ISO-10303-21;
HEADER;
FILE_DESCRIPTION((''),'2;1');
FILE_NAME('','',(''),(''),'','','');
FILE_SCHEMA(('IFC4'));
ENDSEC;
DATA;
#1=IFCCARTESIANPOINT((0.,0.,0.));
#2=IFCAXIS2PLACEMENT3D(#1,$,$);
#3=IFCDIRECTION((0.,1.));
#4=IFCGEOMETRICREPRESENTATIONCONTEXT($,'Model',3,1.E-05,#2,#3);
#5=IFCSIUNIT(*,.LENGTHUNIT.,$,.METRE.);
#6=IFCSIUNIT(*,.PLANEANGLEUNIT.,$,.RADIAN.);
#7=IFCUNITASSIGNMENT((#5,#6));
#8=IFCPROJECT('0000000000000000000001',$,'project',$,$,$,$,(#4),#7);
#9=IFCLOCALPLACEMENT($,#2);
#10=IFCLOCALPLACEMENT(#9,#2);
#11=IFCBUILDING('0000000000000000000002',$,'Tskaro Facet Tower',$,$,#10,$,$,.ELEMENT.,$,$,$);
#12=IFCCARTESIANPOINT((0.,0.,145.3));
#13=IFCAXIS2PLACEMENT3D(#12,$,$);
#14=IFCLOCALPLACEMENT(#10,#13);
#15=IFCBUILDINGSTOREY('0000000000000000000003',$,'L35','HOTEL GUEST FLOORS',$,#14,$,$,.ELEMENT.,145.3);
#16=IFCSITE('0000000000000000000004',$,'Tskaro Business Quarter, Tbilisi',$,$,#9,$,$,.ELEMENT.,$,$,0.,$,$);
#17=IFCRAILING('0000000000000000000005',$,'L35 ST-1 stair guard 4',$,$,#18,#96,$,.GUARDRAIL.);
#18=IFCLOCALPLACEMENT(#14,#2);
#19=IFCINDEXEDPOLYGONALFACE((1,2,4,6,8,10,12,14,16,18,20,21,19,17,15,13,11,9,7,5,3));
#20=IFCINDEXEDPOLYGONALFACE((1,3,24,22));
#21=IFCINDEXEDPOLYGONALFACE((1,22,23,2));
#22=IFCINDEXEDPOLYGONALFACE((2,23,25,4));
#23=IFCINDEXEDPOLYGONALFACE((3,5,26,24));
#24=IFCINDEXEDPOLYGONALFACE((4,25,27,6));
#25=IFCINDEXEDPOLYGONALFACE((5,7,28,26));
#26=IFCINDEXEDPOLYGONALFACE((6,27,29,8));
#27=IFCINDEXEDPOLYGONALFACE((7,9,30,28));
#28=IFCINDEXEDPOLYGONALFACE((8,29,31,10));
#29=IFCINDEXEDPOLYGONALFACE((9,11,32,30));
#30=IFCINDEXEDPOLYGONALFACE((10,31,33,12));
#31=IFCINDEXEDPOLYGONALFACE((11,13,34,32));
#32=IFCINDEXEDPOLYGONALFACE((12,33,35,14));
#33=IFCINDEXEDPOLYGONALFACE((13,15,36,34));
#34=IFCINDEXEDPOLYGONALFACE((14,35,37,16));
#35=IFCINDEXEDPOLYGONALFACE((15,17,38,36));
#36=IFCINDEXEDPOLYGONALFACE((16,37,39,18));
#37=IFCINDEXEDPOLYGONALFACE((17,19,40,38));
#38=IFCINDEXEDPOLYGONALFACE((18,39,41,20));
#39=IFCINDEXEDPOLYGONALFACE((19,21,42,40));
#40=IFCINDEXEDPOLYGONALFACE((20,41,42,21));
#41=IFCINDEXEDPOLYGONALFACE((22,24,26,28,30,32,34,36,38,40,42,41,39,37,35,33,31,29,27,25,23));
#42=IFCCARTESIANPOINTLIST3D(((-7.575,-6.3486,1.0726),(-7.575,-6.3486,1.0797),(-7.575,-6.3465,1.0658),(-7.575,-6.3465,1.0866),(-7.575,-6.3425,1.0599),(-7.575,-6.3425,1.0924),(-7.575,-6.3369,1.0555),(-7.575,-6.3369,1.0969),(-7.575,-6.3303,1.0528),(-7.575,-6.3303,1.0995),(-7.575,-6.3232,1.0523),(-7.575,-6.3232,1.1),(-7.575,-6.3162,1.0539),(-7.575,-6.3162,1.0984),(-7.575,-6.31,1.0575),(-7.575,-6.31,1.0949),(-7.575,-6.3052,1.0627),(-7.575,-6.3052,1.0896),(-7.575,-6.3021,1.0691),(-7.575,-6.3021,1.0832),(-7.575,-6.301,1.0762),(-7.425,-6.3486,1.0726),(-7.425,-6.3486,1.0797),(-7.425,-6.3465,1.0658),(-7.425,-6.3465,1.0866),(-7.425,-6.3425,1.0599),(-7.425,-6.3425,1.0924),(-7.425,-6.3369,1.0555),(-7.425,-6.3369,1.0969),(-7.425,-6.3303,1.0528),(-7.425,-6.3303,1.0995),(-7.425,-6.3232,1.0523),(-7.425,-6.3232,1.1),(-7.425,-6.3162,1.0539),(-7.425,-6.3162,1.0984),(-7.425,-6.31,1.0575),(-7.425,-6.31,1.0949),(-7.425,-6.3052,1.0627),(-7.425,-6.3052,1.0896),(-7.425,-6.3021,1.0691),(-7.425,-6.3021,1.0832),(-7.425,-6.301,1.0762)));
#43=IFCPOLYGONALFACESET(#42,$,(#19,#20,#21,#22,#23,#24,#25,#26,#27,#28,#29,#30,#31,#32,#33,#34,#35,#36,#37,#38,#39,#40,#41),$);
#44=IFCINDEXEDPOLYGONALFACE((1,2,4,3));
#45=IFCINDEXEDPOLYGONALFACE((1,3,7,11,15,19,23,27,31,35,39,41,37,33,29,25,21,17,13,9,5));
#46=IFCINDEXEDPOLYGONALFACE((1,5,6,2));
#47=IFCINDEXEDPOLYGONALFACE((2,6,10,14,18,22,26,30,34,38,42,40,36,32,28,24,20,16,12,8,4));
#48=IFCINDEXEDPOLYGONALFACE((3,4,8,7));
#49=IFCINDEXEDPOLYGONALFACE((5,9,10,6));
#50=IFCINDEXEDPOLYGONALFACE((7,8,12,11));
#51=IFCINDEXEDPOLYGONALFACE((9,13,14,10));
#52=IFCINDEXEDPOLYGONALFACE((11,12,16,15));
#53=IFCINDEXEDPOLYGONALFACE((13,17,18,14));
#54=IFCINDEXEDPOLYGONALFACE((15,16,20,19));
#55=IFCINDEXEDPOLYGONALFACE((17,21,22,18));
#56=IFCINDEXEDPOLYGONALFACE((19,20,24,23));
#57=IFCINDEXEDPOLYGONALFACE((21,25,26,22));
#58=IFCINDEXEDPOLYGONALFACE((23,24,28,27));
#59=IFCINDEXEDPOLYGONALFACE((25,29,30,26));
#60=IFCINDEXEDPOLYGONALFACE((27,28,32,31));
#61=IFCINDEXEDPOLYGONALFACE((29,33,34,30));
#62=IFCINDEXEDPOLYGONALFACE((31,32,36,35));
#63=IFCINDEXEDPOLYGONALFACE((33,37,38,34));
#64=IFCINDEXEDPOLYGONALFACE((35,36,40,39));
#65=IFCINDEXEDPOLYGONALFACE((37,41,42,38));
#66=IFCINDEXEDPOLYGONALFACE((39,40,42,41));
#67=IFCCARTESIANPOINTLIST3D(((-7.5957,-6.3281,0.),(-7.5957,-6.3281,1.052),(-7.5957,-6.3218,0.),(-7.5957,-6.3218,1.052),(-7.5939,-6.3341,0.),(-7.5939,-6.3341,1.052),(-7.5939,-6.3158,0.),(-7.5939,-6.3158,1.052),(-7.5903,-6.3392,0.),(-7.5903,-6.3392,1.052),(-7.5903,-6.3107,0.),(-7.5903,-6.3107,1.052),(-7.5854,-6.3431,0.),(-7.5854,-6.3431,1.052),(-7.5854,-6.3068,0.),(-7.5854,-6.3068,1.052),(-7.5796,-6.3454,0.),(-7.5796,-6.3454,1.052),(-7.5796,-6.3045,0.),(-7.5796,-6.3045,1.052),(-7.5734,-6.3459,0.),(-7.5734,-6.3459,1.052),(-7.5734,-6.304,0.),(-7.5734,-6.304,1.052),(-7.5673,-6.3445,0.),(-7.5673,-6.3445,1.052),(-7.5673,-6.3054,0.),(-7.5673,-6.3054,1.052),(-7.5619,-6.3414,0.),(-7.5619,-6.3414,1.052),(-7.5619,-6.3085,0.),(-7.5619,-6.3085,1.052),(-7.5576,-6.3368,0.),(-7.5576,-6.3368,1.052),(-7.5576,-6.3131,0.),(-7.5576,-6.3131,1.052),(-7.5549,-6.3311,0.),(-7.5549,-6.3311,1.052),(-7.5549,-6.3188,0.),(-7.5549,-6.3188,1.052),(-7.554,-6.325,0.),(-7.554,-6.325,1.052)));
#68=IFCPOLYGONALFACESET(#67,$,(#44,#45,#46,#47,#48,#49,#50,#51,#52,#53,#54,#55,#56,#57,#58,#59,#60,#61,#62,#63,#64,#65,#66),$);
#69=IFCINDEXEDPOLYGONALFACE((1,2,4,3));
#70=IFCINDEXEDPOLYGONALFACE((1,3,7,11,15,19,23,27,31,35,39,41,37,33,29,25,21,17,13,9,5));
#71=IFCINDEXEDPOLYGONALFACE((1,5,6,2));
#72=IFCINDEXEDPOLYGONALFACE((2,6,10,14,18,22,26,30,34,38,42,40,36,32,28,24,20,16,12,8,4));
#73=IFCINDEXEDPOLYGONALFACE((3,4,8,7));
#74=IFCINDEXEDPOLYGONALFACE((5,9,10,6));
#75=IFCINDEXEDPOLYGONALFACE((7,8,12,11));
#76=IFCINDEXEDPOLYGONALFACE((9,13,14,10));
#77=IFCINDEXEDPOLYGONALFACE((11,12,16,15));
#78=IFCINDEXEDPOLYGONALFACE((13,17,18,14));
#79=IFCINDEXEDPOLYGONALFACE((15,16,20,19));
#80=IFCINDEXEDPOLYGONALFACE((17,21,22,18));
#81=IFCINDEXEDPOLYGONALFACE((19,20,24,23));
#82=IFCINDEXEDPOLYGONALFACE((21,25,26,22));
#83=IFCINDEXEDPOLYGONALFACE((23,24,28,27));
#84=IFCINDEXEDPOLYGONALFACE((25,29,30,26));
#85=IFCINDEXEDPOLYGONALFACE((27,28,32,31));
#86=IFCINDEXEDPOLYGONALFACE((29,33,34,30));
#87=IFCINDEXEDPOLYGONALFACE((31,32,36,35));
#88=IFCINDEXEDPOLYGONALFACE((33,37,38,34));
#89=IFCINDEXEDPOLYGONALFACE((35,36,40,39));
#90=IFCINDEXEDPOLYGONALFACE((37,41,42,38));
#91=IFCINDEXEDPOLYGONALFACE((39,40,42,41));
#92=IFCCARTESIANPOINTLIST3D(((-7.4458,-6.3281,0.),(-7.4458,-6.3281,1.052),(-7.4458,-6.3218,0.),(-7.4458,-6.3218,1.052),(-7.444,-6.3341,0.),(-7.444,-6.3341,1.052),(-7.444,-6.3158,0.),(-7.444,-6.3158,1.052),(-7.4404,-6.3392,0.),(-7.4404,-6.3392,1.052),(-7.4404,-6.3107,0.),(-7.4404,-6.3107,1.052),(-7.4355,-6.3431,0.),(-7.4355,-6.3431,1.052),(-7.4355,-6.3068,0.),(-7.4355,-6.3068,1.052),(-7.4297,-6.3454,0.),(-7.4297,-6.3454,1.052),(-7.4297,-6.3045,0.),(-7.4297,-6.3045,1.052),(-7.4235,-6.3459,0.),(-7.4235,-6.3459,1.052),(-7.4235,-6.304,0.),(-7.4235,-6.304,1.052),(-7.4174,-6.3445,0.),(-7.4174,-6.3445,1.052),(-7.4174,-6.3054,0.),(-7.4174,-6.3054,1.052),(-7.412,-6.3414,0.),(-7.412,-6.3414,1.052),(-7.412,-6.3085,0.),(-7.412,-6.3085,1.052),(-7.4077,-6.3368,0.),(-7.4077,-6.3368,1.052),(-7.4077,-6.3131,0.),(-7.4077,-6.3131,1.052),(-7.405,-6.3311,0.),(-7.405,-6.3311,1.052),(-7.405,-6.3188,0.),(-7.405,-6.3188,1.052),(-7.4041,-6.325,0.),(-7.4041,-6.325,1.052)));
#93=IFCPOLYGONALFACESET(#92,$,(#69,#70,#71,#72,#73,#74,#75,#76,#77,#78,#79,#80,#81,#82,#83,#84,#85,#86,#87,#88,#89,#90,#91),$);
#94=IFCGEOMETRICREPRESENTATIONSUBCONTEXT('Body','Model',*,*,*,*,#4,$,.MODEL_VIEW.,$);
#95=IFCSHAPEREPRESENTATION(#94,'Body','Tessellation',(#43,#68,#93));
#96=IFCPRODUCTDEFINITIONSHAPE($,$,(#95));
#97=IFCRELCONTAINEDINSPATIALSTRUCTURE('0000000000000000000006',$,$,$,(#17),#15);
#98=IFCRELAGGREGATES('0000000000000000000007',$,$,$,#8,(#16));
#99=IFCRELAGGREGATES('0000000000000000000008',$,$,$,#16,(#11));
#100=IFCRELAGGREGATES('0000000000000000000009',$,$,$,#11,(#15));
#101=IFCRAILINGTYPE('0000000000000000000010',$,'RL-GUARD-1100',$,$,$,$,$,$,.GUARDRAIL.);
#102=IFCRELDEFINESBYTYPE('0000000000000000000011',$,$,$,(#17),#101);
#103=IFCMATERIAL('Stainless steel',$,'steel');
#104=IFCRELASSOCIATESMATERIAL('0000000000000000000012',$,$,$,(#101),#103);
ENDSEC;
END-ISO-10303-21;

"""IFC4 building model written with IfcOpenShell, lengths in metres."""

from ifc_helpers import new_model, si_unit, direction, frame, origin, origin_2d, place, context, subcontext, project, spatial, circle, extrude, material, type_object, element, save


model = new_model("IFC4")

# Units and contexts
model_context = context("Model", 3, precision=1e-05, world=origin(), true_north=direction((0.0, 1.0)))
body_context = subcontext(model_context, "Body", "Model", "MODEL_VIEW")
ifc_project = project(units=[si_unit("LENGTHUNIT", "METRE"), si_unit("PLANEANGLEUNIT", "RADIAN")], contexts=[model_context])

# Site, building, storey
site_placement = place(None, origin())
site = spatial("IfcSite", under=ifc_project, at=site_placement, Name="Tskaro Business Quarter, Tbilisi", CompositionType="ELEMENT", RefElevation=0.0)
building_placement = place(site_placement, origin())
building = spatial("IfcBuilding", under=site, at=building_placement, Name="Tskaro Facet Tower", CompositionType="ELEMENT")
storey_placement = place(building_placement, frame((0.0, 0.0, 145.3)))
storey = spatial("IfcBuildingStorey", under=building, at=storey_placement, Name="L35", Description="HOTEL GUEST FLOORS", CompositionType="ELEMENT", Elevation=145.3)

# Shared definitions
ifc_material_1 = material(Name="Stainless steel", Category="steel")

# Railing
railing_type_1 = type_object("IfcRailingType", Name="RL-GUARD-1100", PredefinedType="GUARDRAIL", material=ifc_material_1)
railing_1_placement = place(storey_placement, frame((-7.575, -6.325, 0.0)))
element("IfcRailing", 1, at=railing_1_placement, inside=storey, type_object=railing_type_1, Name="L35 ST-1 stair guard 4", PredefinedType="GUARDRAIL", context=body_context, shape_type="SweptSolid", body=[
    extrude(circle(Radius=0.0239, at=origin_2d()), frame((0.0, 0.0, 1.0762), z_axis=(1.0, 0.0, 0.0), x_axis=(0.0, 1.0, 0.0)), (0.0, 0.0, 1.0), 0.1499),
    extrude(circle(Radius=0.021, at=origin_2d()), origin(), (0.0, 0.0, 1.0), 1.052),
    extrude(circle(Radius=0.021, at=origin_2d()), frame((0.1499, 0.0, 0.0)), (0.0, 0.0, 1.0), 1.052),
])

save(model, "model.ifc")
